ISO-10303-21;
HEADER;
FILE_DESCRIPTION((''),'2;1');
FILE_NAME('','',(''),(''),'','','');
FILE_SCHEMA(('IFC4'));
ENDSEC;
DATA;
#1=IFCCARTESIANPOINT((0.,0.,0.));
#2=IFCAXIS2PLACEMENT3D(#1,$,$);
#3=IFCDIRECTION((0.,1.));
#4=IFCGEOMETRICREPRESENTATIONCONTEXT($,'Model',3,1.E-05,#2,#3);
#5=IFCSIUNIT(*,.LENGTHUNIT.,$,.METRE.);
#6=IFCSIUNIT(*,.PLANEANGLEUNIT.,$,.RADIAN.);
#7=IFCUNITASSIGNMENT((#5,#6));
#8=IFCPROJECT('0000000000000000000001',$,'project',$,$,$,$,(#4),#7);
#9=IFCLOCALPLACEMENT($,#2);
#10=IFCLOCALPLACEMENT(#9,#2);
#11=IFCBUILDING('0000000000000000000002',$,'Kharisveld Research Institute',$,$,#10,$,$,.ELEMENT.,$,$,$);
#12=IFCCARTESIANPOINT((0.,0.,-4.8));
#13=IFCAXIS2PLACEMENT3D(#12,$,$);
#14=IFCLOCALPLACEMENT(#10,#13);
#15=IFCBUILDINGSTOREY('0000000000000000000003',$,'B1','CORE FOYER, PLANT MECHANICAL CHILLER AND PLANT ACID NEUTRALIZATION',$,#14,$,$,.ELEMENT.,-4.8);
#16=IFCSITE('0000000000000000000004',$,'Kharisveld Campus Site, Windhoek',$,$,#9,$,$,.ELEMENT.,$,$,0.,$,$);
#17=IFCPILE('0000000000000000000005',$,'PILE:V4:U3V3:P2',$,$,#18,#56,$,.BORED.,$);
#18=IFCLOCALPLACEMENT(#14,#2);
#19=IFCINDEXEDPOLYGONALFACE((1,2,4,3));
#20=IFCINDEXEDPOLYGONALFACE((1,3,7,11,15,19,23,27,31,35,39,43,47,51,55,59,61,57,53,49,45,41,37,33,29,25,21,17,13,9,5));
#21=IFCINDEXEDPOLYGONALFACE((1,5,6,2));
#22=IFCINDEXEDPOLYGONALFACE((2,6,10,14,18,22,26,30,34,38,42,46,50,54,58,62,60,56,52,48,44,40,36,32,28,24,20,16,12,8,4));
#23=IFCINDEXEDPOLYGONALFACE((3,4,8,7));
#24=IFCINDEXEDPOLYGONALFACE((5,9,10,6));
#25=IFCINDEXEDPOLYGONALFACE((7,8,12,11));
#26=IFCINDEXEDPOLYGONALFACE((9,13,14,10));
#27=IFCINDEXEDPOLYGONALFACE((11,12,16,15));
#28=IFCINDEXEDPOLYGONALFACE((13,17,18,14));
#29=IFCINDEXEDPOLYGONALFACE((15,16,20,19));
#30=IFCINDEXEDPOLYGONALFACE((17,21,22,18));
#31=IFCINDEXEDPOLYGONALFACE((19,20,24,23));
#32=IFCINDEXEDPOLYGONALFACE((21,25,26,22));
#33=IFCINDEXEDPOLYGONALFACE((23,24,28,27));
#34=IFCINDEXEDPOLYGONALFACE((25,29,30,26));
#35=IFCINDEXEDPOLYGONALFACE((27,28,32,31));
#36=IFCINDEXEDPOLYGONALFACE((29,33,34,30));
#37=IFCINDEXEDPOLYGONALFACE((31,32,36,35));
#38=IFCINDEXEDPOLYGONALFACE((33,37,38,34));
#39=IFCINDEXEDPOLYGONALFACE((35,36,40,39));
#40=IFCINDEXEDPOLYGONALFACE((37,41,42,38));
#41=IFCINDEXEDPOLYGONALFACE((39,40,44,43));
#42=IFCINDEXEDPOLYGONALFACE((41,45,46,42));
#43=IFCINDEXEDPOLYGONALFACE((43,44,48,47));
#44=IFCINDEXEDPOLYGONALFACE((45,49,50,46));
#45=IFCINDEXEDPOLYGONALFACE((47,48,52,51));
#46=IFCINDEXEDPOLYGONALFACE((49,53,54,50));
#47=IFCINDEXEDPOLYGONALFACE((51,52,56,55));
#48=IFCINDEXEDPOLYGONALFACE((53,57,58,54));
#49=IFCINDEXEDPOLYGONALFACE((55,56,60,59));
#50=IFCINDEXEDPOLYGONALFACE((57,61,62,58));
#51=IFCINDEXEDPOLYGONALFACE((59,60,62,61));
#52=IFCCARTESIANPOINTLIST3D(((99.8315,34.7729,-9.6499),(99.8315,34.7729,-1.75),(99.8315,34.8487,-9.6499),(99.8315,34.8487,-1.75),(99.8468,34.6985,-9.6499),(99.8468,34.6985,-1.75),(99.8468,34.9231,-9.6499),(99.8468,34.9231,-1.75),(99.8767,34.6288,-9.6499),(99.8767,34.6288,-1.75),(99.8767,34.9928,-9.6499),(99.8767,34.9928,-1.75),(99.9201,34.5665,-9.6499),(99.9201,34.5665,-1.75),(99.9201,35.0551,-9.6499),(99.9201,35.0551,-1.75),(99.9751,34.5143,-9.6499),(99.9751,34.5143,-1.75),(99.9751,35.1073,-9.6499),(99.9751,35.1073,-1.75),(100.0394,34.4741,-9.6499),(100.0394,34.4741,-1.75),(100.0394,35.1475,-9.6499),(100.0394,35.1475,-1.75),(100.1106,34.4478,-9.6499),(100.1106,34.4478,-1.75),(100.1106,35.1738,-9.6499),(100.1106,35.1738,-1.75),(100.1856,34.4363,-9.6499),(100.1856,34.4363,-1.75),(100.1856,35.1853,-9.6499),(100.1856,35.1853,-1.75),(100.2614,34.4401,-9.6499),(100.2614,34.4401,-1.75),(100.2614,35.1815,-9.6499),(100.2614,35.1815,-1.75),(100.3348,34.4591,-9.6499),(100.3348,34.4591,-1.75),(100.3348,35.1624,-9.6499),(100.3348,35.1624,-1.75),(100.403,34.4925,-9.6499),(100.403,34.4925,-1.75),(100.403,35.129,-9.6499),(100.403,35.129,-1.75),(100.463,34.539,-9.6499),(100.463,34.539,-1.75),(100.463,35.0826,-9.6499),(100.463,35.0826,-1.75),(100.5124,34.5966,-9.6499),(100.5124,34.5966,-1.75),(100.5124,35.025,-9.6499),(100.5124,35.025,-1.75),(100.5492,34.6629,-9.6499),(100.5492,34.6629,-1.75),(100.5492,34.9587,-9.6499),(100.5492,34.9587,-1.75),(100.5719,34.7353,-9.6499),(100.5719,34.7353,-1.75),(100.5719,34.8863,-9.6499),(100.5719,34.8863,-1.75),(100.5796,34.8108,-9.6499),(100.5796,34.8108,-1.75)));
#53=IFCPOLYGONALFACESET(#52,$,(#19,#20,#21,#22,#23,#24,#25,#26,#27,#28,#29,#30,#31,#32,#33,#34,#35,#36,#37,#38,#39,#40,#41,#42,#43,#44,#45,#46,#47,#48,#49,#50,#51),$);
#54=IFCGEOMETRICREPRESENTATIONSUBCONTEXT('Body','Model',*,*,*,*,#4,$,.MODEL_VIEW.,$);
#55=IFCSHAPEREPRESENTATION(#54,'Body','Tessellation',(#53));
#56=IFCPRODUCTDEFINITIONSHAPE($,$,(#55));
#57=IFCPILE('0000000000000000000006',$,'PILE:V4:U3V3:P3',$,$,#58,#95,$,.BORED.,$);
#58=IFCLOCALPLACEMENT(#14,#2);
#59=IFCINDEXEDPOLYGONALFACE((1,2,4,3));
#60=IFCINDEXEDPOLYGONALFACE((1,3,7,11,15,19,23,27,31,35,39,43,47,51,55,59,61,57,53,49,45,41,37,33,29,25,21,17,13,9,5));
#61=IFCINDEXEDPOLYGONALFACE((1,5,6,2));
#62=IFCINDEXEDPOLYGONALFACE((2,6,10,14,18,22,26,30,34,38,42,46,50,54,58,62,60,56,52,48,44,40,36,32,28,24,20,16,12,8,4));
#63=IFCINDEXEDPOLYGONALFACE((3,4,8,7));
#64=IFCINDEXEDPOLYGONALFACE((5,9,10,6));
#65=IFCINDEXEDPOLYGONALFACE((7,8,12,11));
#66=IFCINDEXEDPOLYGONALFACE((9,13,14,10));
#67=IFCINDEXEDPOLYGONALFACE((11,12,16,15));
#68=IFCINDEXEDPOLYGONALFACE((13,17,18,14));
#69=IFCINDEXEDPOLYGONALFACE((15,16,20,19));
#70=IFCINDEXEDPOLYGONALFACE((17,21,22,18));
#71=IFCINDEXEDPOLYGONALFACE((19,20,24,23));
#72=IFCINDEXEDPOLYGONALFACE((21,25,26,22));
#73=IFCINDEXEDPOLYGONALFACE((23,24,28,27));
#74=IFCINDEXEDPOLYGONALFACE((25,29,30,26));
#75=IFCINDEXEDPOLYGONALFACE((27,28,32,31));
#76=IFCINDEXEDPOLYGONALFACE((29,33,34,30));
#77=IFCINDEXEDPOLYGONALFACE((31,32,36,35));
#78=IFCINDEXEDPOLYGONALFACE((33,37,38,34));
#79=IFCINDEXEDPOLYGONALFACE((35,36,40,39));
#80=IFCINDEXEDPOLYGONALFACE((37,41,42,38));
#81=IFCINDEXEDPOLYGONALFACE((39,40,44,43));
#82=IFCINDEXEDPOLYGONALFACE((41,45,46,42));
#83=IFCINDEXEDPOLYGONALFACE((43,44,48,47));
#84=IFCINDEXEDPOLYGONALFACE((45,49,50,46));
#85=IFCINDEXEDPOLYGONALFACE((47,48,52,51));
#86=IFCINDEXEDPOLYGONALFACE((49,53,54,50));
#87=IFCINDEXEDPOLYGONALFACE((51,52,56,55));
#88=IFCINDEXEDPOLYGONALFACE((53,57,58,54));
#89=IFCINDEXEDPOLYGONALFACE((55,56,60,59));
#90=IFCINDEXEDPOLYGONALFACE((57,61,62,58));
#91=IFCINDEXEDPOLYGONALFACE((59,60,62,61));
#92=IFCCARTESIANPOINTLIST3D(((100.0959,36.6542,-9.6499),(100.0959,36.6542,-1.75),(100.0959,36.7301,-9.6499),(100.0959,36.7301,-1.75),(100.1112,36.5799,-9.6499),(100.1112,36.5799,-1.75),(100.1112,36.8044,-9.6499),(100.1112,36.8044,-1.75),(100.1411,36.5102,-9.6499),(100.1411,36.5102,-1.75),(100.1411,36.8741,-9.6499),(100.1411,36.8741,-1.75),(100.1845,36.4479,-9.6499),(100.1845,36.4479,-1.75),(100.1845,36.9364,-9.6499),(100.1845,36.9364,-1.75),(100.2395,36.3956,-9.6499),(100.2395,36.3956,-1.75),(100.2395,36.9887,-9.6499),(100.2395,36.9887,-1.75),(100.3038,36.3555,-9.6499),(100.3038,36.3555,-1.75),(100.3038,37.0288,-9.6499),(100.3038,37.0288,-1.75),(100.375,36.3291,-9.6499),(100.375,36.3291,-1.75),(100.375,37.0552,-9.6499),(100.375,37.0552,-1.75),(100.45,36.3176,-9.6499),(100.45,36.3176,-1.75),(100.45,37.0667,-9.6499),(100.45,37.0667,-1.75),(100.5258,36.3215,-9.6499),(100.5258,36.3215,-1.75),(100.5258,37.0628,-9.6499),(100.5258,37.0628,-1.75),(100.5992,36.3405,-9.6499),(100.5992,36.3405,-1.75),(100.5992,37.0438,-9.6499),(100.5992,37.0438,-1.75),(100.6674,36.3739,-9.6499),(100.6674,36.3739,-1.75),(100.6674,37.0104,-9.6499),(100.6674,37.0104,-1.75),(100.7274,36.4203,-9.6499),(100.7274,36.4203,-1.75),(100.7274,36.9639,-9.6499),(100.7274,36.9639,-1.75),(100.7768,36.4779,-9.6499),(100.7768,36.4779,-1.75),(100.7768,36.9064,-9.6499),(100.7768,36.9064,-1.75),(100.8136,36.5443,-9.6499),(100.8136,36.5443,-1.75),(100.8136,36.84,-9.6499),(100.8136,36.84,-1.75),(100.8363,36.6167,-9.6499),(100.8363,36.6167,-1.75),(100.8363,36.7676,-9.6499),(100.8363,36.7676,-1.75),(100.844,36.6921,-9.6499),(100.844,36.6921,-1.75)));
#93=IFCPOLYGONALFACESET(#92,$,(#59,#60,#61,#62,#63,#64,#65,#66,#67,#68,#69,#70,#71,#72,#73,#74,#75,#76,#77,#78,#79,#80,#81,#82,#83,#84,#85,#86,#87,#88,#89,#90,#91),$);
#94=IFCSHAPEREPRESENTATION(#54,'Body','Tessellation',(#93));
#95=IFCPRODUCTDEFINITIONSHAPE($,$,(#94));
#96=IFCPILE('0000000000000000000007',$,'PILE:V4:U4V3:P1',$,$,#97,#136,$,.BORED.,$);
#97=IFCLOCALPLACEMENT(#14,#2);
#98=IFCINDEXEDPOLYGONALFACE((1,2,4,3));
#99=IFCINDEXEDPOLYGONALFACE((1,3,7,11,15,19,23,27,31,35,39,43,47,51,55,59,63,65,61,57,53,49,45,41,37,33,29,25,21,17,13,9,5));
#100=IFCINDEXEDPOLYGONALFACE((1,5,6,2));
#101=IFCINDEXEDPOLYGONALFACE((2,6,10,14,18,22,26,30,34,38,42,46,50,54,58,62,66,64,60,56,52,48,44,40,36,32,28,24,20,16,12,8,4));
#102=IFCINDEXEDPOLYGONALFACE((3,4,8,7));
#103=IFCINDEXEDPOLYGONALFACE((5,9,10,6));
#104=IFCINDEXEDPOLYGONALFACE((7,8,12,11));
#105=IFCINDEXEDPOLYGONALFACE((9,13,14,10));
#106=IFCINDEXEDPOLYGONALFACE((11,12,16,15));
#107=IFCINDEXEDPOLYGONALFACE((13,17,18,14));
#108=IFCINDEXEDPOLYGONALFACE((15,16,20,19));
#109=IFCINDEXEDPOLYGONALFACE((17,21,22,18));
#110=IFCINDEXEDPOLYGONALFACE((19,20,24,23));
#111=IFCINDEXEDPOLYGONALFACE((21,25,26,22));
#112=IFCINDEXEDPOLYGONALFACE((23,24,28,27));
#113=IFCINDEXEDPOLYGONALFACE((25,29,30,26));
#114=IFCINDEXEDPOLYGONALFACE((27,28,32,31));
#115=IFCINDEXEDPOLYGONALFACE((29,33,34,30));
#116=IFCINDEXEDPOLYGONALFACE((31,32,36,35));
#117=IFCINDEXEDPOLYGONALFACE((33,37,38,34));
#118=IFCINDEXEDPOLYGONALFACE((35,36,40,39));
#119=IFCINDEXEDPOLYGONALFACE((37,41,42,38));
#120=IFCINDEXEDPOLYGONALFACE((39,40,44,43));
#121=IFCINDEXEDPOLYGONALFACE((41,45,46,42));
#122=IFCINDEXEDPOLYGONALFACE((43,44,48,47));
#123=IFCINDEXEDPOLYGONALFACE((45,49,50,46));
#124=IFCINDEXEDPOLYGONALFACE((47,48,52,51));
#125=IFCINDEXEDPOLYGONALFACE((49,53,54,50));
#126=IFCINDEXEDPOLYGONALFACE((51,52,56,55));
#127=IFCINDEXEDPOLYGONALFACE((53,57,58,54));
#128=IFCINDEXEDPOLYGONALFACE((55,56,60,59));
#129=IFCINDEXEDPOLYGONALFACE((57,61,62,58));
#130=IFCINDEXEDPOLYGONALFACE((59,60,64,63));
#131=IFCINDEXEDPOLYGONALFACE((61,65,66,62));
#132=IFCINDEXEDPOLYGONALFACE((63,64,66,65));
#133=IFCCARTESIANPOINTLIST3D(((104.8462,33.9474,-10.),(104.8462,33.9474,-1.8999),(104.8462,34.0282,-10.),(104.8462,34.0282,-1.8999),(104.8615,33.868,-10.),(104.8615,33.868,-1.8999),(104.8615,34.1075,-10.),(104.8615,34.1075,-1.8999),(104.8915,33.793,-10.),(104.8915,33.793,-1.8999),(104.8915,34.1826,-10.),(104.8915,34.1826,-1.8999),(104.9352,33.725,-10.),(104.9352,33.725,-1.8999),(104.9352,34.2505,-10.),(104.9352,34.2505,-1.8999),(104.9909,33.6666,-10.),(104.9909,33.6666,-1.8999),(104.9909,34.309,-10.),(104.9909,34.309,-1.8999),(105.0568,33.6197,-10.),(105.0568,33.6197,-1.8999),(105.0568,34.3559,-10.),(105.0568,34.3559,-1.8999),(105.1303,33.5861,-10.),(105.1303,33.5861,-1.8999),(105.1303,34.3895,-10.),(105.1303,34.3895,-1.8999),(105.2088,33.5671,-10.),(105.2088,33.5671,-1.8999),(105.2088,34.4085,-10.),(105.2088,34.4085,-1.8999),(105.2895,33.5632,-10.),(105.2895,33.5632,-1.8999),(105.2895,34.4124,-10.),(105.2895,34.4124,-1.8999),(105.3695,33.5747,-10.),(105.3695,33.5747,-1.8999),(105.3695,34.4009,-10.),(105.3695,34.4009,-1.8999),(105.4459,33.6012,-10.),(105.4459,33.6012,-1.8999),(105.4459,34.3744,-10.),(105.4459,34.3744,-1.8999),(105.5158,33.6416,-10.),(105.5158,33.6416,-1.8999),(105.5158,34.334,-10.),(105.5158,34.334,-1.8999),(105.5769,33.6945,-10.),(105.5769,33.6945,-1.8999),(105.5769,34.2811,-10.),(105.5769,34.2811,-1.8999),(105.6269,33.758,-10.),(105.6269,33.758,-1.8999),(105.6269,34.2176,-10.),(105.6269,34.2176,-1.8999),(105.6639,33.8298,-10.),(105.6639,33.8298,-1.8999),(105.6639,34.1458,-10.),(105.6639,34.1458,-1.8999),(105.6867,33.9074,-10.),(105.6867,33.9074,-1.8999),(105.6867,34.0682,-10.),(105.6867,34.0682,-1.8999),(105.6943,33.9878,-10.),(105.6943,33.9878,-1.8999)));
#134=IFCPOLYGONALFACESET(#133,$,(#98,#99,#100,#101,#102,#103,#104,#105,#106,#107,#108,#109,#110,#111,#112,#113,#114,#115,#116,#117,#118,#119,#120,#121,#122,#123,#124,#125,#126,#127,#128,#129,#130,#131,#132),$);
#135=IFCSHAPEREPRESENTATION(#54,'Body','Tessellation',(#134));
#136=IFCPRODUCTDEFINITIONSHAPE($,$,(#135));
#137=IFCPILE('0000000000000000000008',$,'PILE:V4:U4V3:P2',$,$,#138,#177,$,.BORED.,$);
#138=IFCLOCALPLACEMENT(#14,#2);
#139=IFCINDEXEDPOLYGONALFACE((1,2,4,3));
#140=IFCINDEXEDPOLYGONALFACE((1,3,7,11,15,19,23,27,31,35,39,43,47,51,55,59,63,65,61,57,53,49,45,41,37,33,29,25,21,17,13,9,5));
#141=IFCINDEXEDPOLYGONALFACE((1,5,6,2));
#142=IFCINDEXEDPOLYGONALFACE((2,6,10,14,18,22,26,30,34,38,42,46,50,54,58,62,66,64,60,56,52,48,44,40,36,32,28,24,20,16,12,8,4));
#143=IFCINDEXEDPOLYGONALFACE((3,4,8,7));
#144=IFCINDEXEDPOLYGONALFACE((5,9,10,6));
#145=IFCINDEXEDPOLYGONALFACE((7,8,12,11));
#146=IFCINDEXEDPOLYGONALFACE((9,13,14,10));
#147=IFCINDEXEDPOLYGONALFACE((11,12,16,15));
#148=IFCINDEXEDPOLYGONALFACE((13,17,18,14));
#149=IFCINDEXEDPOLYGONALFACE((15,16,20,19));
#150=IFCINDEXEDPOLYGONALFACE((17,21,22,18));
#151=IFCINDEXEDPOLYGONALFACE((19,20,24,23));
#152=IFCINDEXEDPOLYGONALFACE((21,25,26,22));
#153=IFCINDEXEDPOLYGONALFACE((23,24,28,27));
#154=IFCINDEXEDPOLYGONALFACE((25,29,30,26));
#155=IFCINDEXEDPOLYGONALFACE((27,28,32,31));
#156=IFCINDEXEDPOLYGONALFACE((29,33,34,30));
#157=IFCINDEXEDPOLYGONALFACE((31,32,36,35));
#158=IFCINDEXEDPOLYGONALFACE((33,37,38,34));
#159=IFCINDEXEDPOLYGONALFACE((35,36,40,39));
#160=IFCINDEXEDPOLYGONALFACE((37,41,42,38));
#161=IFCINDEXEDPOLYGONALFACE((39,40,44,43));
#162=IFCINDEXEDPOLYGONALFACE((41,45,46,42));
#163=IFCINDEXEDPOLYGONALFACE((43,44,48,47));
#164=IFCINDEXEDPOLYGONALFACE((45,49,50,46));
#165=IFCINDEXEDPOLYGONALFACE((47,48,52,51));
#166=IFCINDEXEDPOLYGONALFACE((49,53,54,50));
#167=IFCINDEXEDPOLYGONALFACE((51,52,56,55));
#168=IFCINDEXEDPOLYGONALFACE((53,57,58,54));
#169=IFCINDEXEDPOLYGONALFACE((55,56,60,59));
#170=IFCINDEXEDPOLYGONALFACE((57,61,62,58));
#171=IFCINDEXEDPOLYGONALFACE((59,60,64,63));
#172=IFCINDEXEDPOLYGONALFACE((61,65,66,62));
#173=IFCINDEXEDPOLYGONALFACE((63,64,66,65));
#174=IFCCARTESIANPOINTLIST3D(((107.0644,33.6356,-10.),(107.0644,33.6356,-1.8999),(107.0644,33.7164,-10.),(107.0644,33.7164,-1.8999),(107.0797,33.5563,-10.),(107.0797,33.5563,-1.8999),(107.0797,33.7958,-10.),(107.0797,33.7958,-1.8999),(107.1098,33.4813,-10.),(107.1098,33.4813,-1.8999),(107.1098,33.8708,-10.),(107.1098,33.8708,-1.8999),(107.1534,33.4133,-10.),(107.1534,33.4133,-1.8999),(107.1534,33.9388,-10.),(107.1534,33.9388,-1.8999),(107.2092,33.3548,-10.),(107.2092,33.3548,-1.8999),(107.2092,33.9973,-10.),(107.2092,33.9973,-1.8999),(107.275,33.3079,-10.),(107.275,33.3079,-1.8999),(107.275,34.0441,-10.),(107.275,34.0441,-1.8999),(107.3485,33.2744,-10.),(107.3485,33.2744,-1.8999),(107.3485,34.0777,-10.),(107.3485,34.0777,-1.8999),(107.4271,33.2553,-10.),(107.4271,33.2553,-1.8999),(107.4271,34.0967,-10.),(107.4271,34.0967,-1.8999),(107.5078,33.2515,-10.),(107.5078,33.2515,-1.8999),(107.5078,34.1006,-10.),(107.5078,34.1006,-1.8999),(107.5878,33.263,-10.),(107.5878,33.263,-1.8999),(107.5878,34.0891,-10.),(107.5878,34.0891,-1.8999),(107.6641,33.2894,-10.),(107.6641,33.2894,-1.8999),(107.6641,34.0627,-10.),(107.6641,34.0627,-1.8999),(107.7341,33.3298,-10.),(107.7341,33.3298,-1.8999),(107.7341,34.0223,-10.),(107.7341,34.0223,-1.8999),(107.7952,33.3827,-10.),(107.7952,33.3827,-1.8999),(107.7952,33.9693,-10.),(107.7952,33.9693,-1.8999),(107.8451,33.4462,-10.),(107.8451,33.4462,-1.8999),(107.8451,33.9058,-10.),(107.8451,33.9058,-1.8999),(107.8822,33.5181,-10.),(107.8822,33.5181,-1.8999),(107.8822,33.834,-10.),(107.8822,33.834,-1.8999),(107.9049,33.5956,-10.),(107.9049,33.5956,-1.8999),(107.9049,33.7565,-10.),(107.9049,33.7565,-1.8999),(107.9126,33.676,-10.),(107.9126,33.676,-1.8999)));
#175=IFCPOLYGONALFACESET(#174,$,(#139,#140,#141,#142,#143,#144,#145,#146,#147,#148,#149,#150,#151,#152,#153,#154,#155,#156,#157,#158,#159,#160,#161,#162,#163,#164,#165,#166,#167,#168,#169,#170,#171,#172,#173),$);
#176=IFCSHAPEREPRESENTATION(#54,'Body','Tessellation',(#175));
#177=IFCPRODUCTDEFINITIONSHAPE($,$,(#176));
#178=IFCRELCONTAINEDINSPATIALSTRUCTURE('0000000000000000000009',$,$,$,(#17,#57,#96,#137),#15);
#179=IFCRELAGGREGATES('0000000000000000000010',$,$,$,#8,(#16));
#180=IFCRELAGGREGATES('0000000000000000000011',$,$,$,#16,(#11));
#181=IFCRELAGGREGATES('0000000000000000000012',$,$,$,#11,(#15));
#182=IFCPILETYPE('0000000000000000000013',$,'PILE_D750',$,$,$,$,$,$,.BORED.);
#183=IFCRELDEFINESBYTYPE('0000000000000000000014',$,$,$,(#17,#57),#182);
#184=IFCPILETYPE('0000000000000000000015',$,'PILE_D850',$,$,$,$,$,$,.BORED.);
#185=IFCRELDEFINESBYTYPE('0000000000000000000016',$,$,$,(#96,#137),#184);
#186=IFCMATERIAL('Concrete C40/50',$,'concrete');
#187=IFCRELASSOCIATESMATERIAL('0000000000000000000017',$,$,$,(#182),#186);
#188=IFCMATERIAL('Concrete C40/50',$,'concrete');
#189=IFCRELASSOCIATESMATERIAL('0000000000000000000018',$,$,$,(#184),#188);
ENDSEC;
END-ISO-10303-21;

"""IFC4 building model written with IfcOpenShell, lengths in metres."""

from ifc_helpers import new_model, si_unit, direction, frame, origin, origin_2d, place, context, subcontext, project, spatial, circle, extrude, material, material_profile, profile_set, type_object, element, save


model = new_model("IFC4")

# Units and contexts
model_context = context("Model", 3, precision=1e-05, world=origin(), true_north=direction((0.0, 1.0)))
body_context = subcontext(model_context, "Body", "Model", "MODEL_VIEW")
ifc_project = project(units=[si_unit("LENGTHUNIT", "METRE"), si_unit("PLANEANGLEUNIT", "RADIAN")], contexts=[model_context])

# Site, building, storey
site_placement = place(None, origin())
site = spatial("IfcSite", under=ifc_project, at=site_placement, Name="Kharisveld Campus Site, Windhoek", CompositionType="ELEMENT", RefElevation=0.0)
building_placement = place(site_placement, origin())
building = spatial("IfcBuilding", under=site, at=building_placement, Name="Kharisveld Research Institute", CompositionType="ELEMENT")
storey_placement = place(building_placement, frame((0.0, 0.0, -4.8)))
storey = spatial("IfcBuildingStorey", under=building, at=storey_placement, Name="B1", Description="CORE FOYER, PLANT MECHANICAL CHILLER AND PLANT ACID NEUTRALIZATION", CompositionType="ELEMENT", Elevation=-4.8)

# Piles
ifc_material_1 = material(Name="Concrete C40/50", Category="concrete")
ifc_material_profile_1 = material_profile(ifc_material_1, circle(Radius=0.375, at=origin_2d()))
ifc_profile_set_1 = profile_set([ifc_material_profile_1], Name="Concrete C40/50")
pile_type_1 = type_object("IfcPileType", Name="PILE_D750", PredefinedType="BORED", material=ifc_profile_set_1)
for number, where, z_axis, x_axis, name in (
    (1, (100.2046, 34.8108, -1.75), (0.0, 0.0, -1.0), (1.0, 0.0, 0.0), "PILE:V4:U3V3:P2"),
    (2, (100.469, 36.6921, -1.75), (0.0, 0.0, -1.0), (1.0, 0.0, 0.0), "PILE:V4:U3V3:P3"),
):
    element("IfcPile", number, at=place(storey_placement, frame(where, z_axis=z_axis, x_axis=x_axis)), inside=storey, type_object=pile_type_1, Name=name, PredefinedType="BORED", context=body_context, shape_type="SweptSolid", body=[
        extrude(circle(Radius=0.375, at=origin_2d()), origin(), (0.0, 0.0, 1.0), 7.8999),
    ])
ifc_material_2 = material(Name="Concrete C40/50", Category="concrete")
ifc_material_profile_2 = material_profile(ifc_material_2, circle(Radius=0.425, at=origin_2d()))
ifc_profile_set_2 = profile_set([ifc_material_profile_2], Name="Concrete C40/50")
pile_type_2 = type_object("IfcPileType", Name="PILE_D850", PredefinedType="BORED", material=ifc_profile_set_2)
for number, where, z_axis, x_axis, name in (
    (3, (105.2693, 33.9878, -1.8999), (0.0, 0.0, -1.0), (1.0, 0.0, 0.0), "PILE:V4:U4V3:P1"),
    (4, (107.4875, 33.676, -1.8999), (0.0, 0.0, -1.0), (1.0, 0.0, 0.0), "PILE:V4:U4V3:P2"),
):
    element("IfcPile", number, at=place(storey_placement, frame(where, z_axis=z_axis, x_axis=x_axis)), inside=storey, type_object=pile_type_2, Name=name, PredefinedType="BORED", context=body_context, shape_type="SweptSolid", body=[
        extrude(circle(Radius=0.425, at=origin_2d()), origin(), (0.0, 0.0, 1.0), 8.1001),
    ])

save(model, "model.ifc")
